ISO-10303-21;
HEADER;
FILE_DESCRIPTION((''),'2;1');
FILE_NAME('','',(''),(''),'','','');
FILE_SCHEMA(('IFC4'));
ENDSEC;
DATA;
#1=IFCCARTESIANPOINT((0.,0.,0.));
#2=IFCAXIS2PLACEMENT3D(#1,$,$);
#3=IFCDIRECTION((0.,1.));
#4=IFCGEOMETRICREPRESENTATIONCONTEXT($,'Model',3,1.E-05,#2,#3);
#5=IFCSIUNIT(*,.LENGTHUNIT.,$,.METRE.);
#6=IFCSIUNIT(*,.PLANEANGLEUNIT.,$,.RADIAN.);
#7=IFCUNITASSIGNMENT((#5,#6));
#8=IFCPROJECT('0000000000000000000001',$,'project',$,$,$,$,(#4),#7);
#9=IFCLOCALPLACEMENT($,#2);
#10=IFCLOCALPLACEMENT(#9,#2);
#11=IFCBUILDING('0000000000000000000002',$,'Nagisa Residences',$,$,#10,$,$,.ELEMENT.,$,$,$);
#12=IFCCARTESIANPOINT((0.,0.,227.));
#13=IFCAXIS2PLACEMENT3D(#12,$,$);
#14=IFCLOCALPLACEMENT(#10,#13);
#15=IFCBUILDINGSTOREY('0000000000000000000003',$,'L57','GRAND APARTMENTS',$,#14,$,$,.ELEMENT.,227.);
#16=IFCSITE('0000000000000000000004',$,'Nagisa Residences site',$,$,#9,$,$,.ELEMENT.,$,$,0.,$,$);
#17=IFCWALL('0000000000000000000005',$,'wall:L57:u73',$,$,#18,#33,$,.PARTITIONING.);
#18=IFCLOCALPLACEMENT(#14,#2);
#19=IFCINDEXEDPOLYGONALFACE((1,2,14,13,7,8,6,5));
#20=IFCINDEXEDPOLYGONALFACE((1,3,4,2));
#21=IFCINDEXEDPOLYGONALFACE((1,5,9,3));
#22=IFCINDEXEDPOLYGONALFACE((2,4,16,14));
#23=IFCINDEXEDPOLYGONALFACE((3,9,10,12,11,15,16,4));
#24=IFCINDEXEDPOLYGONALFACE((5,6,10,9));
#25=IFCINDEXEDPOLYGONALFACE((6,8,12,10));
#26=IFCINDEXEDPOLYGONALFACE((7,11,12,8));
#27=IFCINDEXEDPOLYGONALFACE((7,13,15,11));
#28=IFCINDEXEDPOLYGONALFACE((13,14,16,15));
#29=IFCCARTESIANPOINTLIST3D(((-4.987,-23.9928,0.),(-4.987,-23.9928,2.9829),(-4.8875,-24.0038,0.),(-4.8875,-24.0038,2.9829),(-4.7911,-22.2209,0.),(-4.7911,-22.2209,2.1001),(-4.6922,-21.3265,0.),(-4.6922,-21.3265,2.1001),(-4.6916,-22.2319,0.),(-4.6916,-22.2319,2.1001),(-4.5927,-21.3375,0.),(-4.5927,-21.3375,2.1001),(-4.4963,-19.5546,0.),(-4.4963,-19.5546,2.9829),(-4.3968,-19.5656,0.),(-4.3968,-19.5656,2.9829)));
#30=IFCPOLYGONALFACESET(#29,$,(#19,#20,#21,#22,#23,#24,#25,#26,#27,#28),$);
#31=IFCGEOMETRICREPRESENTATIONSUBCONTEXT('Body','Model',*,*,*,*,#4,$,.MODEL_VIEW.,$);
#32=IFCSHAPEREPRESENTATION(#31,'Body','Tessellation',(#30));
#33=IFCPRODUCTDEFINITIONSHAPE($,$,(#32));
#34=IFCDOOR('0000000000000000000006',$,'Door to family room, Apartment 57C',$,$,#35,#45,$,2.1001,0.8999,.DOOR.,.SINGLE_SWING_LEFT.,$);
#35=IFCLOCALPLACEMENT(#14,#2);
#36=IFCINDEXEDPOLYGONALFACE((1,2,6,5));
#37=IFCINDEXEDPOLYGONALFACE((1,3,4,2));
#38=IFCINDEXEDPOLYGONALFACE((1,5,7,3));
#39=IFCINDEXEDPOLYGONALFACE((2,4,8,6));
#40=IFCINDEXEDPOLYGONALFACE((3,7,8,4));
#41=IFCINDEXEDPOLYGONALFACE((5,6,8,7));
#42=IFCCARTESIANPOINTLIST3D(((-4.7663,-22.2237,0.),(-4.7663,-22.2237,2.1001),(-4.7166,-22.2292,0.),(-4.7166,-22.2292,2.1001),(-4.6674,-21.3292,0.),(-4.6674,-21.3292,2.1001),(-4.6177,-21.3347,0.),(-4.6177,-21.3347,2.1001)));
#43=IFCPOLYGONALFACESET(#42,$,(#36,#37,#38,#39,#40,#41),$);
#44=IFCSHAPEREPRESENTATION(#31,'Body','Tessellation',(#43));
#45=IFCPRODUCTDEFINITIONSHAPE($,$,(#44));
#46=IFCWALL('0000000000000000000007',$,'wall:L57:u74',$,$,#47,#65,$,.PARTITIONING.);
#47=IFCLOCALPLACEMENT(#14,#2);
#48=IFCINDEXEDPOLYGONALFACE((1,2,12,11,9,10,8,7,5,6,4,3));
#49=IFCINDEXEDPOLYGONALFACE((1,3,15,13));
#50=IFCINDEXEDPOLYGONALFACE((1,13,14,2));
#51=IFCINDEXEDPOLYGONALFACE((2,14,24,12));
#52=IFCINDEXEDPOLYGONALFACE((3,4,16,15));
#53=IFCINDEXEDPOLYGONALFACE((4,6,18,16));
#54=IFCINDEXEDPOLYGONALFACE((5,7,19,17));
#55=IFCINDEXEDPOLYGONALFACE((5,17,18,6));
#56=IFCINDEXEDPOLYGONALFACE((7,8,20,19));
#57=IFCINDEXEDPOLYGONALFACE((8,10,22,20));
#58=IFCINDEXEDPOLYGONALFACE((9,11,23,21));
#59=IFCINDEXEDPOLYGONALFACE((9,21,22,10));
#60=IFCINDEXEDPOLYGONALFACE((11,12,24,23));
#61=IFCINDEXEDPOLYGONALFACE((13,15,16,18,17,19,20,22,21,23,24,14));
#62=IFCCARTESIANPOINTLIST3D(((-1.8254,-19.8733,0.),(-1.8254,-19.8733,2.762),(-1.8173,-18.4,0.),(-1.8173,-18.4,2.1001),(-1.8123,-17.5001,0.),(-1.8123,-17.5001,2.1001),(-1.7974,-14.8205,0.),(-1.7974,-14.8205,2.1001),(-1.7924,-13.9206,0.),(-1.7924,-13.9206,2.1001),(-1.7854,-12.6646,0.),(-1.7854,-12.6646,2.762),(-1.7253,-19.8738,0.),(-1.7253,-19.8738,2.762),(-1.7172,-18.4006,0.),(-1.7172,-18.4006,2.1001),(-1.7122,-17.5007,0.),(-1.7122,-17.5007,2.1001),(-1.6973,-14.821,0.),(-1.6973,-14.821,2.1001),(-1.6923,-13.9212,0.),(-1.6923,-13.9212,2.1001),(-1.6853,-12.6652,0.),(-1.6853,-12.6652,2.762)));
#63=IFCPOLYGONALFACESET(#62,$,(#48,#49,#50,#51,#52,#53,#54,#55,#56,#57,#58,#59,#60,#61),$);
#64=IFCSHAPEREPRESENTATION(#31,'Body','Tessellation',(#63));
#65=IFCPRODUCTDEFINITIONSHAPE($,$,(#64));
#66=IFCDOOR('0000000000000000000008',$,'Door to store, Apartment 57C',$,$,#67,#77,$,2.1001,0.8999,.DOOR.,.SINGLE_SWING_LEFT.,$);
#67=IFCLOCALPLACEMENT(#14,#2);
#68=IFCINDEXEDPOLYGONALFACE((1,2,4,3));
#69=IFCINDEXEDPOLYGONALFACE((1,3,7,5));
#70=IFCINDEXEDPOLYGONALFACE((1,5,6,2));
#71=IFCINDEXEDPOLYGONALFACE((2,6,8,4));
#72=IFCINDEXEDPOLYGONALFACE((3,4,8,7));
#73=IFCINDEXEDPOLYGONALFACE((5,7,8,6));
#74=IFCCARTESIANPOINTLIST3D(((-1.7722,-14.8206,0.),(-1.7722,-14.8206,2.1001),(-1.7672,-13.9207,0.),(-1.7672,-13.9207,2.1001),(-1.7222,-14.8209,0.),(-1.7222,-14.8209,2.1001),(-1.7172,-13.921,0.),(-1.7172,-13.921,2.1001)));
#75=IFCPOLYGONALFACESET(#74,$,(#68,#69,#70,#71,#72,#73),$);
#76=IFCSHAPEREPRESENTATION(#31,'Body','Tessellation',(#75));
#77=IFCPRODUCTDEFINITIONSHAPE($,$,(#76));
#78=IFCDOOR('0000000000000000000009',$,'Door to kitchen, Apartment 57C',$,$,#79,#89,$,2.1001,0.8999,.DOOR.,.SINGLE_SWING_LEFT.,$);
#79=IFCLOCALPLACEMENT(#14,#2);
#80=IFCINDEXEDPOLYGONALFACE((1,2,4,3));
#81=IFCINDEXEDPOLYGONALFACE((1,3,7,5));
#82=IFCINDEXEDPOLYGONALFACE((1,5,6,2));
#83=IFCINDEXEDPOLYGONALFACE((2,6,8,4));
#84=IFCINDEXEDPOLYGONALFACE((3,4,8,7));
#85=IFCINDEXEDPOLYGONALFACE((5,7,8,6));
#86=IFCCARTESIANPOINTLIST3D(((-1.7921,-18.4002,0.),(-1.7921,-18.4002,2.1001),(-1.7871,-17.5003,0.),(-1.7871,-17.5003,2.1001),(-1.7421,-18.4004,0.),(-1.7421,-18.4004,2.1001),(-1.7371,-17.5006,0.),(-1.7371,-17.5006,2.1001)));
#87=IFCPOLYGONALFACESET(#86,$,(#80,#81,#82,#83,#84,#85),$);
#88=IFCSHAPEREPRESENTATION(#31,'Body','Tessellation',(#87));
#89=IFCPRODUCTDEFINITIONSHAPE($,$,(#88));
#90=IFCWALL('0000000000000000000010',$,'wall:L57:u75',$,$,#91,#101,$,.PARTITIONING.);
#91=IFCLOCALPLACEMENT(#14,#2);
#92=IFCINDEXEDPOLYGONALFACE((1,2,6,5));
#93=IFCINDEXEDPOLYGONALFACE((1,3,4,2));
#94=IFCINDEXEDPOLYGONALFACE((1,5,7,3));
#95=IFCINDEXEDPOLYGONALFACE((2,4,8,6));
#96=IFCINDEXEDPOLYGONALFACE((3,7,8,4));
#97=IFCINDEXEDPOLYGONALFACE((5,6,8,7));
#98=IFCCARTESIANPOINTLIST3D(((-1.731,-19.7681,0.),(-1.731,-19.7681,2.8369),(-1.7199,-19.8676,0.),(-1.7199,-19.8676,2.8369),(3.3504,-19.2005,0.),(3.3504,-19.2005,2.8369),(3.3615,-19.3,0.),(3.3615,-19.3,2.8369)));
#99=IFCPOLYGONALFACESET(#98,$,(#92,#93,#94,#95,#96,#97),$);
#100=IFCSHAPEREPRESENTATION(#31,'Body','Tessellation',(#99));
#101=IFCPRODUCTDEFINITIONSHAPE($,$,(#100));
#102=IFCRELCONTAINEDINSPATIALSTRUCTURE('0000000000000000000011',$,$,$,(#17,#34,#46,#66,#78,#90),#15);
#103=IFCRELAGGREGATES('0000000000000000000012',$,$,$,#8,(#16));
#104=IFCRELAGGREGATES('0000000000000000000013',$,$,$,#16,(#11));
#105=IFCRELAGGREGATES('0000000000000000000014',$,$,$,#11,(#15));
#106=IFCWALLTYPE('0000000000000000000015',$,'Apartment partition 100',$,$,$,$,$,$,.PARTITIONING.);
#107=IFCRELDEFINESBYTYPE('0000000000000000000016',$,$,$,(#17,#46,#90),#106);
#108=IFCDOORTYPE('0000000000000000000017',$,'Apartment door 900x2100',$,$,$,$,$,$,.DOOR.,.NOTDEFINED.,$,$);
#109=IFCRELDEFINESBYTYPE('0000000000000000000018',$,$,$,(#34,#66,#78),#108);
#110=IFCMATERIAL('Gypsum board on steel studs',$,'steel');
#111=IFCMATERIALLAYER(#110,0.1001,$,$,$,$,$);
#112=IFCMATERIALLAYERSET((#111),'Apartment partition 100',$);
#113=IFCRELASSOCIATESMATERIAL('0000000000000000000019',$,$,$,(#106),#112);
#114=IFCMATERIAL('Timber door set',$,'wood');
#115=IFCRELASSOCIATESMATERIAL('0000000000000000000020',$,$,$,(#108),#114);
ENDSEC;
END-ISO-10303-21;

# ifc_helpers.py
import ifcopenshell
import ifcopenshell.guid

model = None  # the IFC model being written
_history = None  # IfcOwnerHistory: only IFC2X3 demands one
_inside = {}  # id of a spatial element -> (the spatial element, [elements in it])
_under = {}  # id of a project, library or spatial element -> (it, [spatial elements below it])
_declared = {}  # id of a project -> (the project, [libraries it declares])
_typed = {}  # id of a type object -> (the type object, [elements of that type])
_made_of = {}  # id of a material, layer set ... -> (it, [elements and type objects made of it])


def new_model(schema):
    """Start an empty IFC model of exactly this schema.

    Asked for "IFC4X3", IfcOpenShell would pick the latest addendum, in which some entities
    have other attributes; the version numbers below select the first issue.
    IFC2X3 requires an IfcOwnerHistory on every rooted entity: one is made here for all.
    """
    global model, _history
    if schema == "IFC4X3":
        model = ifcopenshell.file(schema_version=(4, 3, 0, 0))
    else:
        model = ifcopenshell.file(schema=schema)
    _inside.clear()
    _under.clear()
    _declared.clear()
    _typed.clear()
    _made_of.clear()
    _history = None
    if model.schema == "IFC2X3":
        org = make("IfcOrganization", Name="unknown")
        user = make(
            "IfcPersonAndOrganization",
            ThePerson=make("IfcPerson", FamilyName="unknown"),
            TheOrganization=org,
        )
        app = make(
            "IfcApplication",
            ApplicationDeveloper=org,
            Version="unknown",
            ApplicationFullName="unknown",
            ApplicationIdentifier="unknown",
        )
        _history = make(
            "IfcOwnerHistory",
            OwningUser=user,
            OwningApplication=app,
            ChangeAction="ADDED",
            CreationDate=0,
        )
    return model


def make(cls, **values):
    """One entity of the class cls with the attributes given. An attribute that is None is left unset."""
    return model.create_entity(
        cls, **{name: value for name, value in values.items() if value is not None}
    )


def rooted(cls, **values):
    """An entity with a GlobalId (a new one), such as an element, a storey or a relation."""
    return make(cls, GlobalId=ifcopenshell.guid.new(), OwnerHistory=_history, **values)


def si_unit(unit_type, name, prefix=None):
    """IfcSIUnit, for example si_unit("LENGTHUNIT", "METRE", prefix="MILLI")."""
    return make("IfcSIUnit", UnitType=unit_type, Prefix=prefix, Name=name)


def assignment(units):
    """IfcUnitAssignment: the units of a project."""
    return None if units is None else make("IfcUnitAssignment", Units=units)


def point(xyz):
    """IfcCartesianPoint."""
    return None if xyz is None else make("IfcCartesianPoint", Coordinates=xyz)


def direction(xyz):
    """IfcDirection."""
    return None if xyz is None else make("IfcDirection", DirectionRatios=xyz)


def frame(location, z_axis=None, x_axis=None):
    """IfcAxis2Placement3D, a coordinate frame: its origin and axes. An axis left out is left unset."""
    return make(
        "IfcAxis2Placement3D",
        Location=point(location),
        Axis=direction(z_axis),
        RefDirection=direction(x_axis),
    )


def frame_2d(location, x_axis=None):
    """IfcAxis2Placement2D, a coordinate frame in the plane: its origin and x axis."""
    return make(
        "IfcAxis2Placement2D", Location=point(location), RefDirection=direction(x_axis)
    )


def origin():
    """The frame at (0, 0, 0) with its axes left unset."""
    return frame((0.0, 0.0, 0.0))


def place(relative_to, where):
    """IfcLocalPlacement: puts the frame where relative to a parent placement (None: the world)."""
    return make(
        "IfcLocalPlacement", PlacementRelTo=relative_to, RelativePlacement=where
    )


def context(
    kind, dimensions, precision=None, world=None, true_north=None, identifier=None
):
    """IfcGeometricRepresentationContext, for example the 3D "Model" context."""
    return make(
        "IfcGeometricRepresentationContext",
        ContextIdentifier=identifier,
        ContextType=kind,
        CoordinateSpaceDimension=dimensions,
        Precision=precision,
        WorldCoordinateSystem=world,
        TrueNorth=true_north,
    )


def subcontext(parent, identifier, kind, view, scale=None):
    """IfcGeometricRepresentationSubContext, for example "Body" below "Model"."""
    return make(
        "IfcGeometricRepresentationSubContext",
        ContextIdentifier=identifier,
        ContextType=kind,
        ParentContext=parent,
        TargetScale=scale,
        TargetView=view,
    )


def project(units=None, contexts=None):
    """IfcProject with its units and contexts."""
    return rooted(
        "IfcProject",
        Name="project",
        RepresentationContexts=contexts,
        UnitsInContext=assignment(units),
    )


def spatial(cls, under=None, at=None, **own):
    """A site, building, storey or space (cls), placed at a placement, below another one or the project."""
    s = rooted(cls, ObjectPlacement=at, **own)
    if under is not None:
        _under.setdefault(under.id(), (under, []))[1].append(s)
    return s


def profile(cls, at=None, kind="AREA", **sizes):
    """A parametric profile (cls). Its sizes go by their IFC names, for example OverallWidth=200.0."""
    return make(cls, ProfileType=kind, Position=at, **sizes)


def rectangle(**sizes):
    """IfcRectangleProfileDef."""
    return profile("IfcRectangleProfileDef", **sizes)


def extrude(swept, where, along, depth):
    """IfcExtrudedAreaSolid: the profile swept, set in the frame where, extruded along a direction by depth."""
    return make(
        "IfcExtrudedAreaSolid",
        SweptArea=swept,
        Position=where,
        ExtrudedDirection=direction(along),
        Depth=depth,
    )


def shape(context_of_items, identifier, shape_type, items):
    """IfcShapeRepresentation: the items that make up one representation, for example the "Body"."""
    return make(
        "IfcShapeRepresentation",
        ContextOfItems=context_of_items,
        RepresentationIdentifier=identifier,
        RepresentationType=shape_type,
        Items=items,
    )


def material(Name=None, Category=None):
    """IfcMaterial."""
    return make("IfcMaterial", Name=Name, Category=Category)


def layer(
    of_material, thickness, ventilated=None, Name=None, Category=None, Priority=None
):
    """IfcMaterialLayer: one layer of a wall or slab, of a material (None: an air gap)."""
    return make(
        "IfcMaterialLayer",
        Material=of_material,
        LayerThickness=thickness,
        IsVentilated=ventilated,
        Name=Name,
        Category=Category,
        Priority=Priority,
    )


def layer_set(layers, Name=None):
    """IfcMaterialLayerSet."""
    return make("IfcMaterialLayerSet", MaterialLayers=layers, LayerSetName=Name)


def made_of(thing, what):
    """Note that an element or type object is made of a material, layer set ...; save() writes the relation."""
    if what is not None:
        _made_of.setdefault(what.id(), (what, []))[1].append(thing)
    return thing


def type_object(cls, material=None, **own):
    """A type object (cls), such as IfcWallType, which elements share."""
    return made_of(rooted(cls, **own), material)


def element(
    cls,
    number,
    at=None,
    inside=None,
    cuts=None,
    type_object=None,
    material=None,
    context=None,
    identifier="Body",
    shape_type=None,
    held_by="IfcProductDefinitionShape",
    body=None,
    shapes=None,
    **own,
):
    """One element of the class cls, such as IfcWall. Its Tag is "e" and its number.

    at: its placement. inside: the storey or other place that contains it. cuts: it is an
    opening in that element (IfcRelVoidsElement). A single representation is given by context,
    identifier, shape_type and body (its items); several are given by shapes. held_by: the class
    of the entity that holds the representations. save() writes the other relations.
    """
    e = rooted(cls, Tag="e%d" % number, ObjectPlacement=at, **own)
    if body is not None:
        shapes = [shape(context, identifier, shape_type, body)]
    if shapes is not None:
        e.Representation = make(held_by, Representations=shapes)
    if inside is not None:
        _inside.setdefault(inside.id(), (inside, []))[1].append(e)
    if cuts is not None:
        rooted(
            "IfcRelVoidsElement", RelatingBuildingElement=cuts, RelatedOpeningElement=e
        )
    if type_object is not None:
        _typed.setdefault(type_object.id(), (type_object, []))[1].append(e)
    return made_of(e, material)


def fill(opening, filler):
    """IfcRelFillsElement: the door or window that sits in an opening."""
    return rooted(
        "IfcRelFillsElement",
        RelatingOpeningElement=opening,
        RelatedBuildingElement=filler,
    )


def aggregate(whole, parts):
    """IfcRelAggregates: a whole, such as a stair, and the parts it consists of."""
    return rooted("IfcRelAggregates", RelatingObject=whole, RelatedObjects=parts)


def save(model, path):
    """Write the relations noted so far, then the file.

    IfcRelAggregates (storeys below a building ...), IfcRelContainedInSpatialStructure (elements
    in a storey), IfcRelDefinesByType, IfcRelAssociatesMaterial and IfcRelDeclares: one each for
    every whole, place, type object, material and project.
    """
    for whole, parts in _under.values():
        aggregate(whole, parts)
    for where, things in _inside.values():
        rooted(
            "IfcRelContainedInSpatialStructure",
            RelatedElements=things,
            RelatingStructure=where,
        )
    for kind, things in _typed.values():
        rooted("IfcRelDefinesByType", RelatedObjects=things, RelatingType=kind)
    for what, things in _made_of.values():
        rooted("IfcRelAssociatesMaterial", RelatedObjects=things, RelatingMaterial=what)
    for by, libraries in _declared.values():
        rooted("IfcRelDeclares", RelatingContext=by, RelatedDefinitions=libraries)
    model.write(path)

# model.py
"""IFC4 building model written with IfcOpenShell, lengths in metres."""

from ifc_helpers import new_model, si_unit, direction, frame, frame_2d, origin, place, context, subcontext, project, spatial, rectangle, extrude, material, layer, layer_set, type_object, element, fill, save


model = new_model("IFC4")

# Units and contexts
model_context = context("Model", 3, precision=1e-05, world=origin(), true_north=direction((0.0, 1.0)))
body_context = subcontext(model_context, "Body", "Model", "MODEL_VIEW")
ifc_project = project(units=[si_unit("LENGTHUNIT", "METRE"), si_unit("PLANEANGLEUNIT", "RADIAN")], contexts=[model_context])

# Site, building, storey
site_placement = place(None, origin())
site = spatial("IfcSite", under=ifc_project, at=site_placement, Name="Nagisa Residences site", CompositionType="ELEMENT", RefElevation=0.0)
building_placement = place(site_placement, origin())
building = spatial("IfcBuilding", under=site, at=building_placement, Name="Nagisa Residences", CompositionType="ELEMENT")
storey_placement = place(building_placement, frame((0.0, 0.0, 227.0)))
storey = spatial("IfcBuildingStorey", under=building, at=storey_placement, Name="L57", Description="GRAND APARTMENTS", CompositionType="ELEMENT", Elevation=227.0)

# Shared definitions
ifc_material_1 = material(Name="Gypsum board on steel studs", Category="steel")
ifc_layer_1 = layer(ifc_material_1, 0.1001)
ifc_layer_set_1 = layer_set([ifc_layer_1], Name="Apartment partition 100")
wall_type_1 = type_object("IfcWallType", Name="Apartment partition 100", PredefinedType="PARTITIONING", material=ifc_layer_set_1)
ifc_material_2 = material(Name="Timber door set", Category="wood")
door_type_1 = type_object("IfcDoorType", Name="Apartment door 900x2100", OperationType="NOTDEFINED", PredefinedType="DOOR", material=ifc_material_2)

# Wall, opening, door
wall_1_placement = place(storey_placement, frame((-4.4465, -19.5601, 0.0), z_axis=(0.0, 0.0, 1.0), x_axis=(-0.109897, -0.993943, 0.0)))
wall_1 = element("IfcWall", 1, at=wall_1_placement, inside=storey, type_object=wall_type_1, Name="wall:L57:u73", PredefinedType="PARTITIONING", context=body_context, shape_type="SweptSolid", body=[
    extrude(rectangle(XDim=4.4653, YDim=0.1001, at=frame_2d((2.2327, 0.0))), origin(), (0.0, 0.0, 1.0), 2.9829),
])
opening_1_placement = place(wall_1_placement, frame((1.7827, 0.0, 0.0)))
opening_1 = element("IfcOpeningElement", 2, at=opening_1_placement, cuts=wall_1, PredefinedType="OPENING", context=body_context, shape_type="SweptSolid", body=[
    extrude(rectangle(XDim=0.8999, YDim=2.1001, at=frame_2d((0.45, 1.05))), frame((0.0, 0.0601, 0.0), z_axis=(0.0, -1.0, 0.0), x_axis=(1.0, 0.0, 0.0)), (0.0, 0.0, 1.0), 0.1201),
])
door_1_placement = place(opening_1_placement, origin())
door_1 = element("IfcDoor", 3, at=door_1_placement, inside=storey, type_object=door_type_1, Name="Door to family room, Apartment 57C", OperationType="SINGLE_SWING_LEFT", OverallHeight=2.1001, OverallWidth=0.8999, PredefinedType="DOOR", context=body_context, shape_type="SweptSolid", body=[
    extrude(rectangle(XDim=0.8999, YDim=2.1001, at=frame_2d((0.45, 1.05))), frame((0.0, 0.0249, 0.0), z_axis=(0.0, -1.0, 0.0), x_axis=(1.0, 0.0, 0.0)), (0.0, 0.0, 1.0), 0.05),
])
fill(opening_1, door_1)

# Wall, openings, doors
wall_2_placement = place(storey_placement, frame((-1.7354, -12.6648, 0.0), z_axis=(0.0, 0.0, 1.0), x_axis=(-0.005554, -0.999985, 0.0)))
wall_2 = element("IfcWall", 4, at=wall_2_placement, inside=storey, type_object=wall_type_1, Name="wall:L57:u74", PredefinedType="PARTITIONING", context=body_context, shape_type="SweptSolid", body=[
    extrude(rectangle(XDim=7.2087, YDim=0.1001, at=frame_2d((3.6045, 0.0))), origin(), (0.0, 0.0, 1.0), 2.762),
])
opening_2_placement = place(wall_2_placement, frame((1.2561, 0.0, 0.0)))
opening_2 = element("IfcOpeningElement", 5, at=opening_2_placement, cuts=wall_2, PredefinedType="OPENING", context=body_context, shape_type="SweptSolid", body=[
    extrude(rectangle(XDim=0.8999, YDim=2.1001, at=frame_2d((0.45, 1.05))), frame((0.0, 0.0601, 0.0), z_axis=(0.0, -1.0, 0.0), x_axis=(1.0, 0.0, 0.0)), (0.0, 0.0, 1.0), 0.1201),
])
opening_3_placement = place(wall_2_placement, frame((4.8357, 0.0, 0.0)))
opening_3 = element("IfcOpeningElement", 6, at=opening_3_placement, cuts=wall_2, PredefinedType="OPENING", context=body_context, shape_type="SweptSolid", body=[
    extrude(rectangle(XDim=0.8999, YDim=2.1001, at=frame_2d((0.45, 1.05))), frame((0.0, 0.0601, 0.0), z_axis=(0.0, -1.0, 0.0), x_axis=(1.0, 0.0, 0.0)), (0.0, 0.0, 1.0), 0.1201),
])
door_2_placement = place(opening_2_placement, frame((0.8999, 0.0, 0.0), x_axis=(-1.0, 0.0, 0.0)))
door_2 = element("IfcDoor", 7, at=door_2_placement, inside=storey, type_object=door_type_1, Name="Door to store, Apartment 57C", OperationType="SINGLE_SWING_LEFT", OverallHeight=2.1001, OverallWidth=0.8999, PredefinedType="DOOR", context=body_context, shape_type="SweptSolid", body=[
    extrude(rectangle(XDim=0.8999, YDim=2.1001, at=frame_2d((0.45, 1.05))), frame((0.0, 0.0249, 0.0), z_axis=(0.0, -1.0, 0.0), x_axis=(1.0, 0.0, 0.0)), (0.0, 0.0, 1.0), 0.05),
])
fill(opening_2, door_2)
door_3_placement = place(opening_3_placement, frame((0.8999, 0.0, 0.0), x_axis=(-1.0, 0.0, 0.0)))
door_3 = element("IfcDoor", 8, at=door_3_placement, inside=storey, type_object=door_type_1, Name="Door to kitchen, Apartment 57C", OperationType="SINGLE_SWING_LEFT", OverallHeight=2.1001, OverallWidth=0.8999, PredefinedType="DOOR", context=body_context, shape_type="SweptSolid", body=[
    extrude(rectangle(XDim=0.8999, YDim=2.1001, at=frame_2d((0.45, 1.05))), frame((0.0, 0.0249, 0.0), z_axis=(0.0, -1.0, 0.0), x_axis=(1.0, 0.0, 0.0)), (0.0, 0.0, 1.0), 0.05),
])
fill(opening_3, door_3)

# Wall
wall_3_placement = place(storey_placement, frame((-1.7256, -19.8179, 0.0), z_axis=(0.0, 0.0, 1.0), x_axis=(0.993819, 0.111013, 0.0)))
element("IfcWall", 9, at=wall_3_placement, inside=storey, type_object=wall_type_1, Name="wall:L57:u75", PredefinedType="PARTITIONING", context=body_context, shape_type="SweptSolid", body=[
    extrude(rectangle(XDim=5.113, YDim=0.1001, at=frame_2d((2.5566, 0.0))), origin(), (0.0, 0.0, 1.0), 2.8369),
])

save(model, "model.ifc")
